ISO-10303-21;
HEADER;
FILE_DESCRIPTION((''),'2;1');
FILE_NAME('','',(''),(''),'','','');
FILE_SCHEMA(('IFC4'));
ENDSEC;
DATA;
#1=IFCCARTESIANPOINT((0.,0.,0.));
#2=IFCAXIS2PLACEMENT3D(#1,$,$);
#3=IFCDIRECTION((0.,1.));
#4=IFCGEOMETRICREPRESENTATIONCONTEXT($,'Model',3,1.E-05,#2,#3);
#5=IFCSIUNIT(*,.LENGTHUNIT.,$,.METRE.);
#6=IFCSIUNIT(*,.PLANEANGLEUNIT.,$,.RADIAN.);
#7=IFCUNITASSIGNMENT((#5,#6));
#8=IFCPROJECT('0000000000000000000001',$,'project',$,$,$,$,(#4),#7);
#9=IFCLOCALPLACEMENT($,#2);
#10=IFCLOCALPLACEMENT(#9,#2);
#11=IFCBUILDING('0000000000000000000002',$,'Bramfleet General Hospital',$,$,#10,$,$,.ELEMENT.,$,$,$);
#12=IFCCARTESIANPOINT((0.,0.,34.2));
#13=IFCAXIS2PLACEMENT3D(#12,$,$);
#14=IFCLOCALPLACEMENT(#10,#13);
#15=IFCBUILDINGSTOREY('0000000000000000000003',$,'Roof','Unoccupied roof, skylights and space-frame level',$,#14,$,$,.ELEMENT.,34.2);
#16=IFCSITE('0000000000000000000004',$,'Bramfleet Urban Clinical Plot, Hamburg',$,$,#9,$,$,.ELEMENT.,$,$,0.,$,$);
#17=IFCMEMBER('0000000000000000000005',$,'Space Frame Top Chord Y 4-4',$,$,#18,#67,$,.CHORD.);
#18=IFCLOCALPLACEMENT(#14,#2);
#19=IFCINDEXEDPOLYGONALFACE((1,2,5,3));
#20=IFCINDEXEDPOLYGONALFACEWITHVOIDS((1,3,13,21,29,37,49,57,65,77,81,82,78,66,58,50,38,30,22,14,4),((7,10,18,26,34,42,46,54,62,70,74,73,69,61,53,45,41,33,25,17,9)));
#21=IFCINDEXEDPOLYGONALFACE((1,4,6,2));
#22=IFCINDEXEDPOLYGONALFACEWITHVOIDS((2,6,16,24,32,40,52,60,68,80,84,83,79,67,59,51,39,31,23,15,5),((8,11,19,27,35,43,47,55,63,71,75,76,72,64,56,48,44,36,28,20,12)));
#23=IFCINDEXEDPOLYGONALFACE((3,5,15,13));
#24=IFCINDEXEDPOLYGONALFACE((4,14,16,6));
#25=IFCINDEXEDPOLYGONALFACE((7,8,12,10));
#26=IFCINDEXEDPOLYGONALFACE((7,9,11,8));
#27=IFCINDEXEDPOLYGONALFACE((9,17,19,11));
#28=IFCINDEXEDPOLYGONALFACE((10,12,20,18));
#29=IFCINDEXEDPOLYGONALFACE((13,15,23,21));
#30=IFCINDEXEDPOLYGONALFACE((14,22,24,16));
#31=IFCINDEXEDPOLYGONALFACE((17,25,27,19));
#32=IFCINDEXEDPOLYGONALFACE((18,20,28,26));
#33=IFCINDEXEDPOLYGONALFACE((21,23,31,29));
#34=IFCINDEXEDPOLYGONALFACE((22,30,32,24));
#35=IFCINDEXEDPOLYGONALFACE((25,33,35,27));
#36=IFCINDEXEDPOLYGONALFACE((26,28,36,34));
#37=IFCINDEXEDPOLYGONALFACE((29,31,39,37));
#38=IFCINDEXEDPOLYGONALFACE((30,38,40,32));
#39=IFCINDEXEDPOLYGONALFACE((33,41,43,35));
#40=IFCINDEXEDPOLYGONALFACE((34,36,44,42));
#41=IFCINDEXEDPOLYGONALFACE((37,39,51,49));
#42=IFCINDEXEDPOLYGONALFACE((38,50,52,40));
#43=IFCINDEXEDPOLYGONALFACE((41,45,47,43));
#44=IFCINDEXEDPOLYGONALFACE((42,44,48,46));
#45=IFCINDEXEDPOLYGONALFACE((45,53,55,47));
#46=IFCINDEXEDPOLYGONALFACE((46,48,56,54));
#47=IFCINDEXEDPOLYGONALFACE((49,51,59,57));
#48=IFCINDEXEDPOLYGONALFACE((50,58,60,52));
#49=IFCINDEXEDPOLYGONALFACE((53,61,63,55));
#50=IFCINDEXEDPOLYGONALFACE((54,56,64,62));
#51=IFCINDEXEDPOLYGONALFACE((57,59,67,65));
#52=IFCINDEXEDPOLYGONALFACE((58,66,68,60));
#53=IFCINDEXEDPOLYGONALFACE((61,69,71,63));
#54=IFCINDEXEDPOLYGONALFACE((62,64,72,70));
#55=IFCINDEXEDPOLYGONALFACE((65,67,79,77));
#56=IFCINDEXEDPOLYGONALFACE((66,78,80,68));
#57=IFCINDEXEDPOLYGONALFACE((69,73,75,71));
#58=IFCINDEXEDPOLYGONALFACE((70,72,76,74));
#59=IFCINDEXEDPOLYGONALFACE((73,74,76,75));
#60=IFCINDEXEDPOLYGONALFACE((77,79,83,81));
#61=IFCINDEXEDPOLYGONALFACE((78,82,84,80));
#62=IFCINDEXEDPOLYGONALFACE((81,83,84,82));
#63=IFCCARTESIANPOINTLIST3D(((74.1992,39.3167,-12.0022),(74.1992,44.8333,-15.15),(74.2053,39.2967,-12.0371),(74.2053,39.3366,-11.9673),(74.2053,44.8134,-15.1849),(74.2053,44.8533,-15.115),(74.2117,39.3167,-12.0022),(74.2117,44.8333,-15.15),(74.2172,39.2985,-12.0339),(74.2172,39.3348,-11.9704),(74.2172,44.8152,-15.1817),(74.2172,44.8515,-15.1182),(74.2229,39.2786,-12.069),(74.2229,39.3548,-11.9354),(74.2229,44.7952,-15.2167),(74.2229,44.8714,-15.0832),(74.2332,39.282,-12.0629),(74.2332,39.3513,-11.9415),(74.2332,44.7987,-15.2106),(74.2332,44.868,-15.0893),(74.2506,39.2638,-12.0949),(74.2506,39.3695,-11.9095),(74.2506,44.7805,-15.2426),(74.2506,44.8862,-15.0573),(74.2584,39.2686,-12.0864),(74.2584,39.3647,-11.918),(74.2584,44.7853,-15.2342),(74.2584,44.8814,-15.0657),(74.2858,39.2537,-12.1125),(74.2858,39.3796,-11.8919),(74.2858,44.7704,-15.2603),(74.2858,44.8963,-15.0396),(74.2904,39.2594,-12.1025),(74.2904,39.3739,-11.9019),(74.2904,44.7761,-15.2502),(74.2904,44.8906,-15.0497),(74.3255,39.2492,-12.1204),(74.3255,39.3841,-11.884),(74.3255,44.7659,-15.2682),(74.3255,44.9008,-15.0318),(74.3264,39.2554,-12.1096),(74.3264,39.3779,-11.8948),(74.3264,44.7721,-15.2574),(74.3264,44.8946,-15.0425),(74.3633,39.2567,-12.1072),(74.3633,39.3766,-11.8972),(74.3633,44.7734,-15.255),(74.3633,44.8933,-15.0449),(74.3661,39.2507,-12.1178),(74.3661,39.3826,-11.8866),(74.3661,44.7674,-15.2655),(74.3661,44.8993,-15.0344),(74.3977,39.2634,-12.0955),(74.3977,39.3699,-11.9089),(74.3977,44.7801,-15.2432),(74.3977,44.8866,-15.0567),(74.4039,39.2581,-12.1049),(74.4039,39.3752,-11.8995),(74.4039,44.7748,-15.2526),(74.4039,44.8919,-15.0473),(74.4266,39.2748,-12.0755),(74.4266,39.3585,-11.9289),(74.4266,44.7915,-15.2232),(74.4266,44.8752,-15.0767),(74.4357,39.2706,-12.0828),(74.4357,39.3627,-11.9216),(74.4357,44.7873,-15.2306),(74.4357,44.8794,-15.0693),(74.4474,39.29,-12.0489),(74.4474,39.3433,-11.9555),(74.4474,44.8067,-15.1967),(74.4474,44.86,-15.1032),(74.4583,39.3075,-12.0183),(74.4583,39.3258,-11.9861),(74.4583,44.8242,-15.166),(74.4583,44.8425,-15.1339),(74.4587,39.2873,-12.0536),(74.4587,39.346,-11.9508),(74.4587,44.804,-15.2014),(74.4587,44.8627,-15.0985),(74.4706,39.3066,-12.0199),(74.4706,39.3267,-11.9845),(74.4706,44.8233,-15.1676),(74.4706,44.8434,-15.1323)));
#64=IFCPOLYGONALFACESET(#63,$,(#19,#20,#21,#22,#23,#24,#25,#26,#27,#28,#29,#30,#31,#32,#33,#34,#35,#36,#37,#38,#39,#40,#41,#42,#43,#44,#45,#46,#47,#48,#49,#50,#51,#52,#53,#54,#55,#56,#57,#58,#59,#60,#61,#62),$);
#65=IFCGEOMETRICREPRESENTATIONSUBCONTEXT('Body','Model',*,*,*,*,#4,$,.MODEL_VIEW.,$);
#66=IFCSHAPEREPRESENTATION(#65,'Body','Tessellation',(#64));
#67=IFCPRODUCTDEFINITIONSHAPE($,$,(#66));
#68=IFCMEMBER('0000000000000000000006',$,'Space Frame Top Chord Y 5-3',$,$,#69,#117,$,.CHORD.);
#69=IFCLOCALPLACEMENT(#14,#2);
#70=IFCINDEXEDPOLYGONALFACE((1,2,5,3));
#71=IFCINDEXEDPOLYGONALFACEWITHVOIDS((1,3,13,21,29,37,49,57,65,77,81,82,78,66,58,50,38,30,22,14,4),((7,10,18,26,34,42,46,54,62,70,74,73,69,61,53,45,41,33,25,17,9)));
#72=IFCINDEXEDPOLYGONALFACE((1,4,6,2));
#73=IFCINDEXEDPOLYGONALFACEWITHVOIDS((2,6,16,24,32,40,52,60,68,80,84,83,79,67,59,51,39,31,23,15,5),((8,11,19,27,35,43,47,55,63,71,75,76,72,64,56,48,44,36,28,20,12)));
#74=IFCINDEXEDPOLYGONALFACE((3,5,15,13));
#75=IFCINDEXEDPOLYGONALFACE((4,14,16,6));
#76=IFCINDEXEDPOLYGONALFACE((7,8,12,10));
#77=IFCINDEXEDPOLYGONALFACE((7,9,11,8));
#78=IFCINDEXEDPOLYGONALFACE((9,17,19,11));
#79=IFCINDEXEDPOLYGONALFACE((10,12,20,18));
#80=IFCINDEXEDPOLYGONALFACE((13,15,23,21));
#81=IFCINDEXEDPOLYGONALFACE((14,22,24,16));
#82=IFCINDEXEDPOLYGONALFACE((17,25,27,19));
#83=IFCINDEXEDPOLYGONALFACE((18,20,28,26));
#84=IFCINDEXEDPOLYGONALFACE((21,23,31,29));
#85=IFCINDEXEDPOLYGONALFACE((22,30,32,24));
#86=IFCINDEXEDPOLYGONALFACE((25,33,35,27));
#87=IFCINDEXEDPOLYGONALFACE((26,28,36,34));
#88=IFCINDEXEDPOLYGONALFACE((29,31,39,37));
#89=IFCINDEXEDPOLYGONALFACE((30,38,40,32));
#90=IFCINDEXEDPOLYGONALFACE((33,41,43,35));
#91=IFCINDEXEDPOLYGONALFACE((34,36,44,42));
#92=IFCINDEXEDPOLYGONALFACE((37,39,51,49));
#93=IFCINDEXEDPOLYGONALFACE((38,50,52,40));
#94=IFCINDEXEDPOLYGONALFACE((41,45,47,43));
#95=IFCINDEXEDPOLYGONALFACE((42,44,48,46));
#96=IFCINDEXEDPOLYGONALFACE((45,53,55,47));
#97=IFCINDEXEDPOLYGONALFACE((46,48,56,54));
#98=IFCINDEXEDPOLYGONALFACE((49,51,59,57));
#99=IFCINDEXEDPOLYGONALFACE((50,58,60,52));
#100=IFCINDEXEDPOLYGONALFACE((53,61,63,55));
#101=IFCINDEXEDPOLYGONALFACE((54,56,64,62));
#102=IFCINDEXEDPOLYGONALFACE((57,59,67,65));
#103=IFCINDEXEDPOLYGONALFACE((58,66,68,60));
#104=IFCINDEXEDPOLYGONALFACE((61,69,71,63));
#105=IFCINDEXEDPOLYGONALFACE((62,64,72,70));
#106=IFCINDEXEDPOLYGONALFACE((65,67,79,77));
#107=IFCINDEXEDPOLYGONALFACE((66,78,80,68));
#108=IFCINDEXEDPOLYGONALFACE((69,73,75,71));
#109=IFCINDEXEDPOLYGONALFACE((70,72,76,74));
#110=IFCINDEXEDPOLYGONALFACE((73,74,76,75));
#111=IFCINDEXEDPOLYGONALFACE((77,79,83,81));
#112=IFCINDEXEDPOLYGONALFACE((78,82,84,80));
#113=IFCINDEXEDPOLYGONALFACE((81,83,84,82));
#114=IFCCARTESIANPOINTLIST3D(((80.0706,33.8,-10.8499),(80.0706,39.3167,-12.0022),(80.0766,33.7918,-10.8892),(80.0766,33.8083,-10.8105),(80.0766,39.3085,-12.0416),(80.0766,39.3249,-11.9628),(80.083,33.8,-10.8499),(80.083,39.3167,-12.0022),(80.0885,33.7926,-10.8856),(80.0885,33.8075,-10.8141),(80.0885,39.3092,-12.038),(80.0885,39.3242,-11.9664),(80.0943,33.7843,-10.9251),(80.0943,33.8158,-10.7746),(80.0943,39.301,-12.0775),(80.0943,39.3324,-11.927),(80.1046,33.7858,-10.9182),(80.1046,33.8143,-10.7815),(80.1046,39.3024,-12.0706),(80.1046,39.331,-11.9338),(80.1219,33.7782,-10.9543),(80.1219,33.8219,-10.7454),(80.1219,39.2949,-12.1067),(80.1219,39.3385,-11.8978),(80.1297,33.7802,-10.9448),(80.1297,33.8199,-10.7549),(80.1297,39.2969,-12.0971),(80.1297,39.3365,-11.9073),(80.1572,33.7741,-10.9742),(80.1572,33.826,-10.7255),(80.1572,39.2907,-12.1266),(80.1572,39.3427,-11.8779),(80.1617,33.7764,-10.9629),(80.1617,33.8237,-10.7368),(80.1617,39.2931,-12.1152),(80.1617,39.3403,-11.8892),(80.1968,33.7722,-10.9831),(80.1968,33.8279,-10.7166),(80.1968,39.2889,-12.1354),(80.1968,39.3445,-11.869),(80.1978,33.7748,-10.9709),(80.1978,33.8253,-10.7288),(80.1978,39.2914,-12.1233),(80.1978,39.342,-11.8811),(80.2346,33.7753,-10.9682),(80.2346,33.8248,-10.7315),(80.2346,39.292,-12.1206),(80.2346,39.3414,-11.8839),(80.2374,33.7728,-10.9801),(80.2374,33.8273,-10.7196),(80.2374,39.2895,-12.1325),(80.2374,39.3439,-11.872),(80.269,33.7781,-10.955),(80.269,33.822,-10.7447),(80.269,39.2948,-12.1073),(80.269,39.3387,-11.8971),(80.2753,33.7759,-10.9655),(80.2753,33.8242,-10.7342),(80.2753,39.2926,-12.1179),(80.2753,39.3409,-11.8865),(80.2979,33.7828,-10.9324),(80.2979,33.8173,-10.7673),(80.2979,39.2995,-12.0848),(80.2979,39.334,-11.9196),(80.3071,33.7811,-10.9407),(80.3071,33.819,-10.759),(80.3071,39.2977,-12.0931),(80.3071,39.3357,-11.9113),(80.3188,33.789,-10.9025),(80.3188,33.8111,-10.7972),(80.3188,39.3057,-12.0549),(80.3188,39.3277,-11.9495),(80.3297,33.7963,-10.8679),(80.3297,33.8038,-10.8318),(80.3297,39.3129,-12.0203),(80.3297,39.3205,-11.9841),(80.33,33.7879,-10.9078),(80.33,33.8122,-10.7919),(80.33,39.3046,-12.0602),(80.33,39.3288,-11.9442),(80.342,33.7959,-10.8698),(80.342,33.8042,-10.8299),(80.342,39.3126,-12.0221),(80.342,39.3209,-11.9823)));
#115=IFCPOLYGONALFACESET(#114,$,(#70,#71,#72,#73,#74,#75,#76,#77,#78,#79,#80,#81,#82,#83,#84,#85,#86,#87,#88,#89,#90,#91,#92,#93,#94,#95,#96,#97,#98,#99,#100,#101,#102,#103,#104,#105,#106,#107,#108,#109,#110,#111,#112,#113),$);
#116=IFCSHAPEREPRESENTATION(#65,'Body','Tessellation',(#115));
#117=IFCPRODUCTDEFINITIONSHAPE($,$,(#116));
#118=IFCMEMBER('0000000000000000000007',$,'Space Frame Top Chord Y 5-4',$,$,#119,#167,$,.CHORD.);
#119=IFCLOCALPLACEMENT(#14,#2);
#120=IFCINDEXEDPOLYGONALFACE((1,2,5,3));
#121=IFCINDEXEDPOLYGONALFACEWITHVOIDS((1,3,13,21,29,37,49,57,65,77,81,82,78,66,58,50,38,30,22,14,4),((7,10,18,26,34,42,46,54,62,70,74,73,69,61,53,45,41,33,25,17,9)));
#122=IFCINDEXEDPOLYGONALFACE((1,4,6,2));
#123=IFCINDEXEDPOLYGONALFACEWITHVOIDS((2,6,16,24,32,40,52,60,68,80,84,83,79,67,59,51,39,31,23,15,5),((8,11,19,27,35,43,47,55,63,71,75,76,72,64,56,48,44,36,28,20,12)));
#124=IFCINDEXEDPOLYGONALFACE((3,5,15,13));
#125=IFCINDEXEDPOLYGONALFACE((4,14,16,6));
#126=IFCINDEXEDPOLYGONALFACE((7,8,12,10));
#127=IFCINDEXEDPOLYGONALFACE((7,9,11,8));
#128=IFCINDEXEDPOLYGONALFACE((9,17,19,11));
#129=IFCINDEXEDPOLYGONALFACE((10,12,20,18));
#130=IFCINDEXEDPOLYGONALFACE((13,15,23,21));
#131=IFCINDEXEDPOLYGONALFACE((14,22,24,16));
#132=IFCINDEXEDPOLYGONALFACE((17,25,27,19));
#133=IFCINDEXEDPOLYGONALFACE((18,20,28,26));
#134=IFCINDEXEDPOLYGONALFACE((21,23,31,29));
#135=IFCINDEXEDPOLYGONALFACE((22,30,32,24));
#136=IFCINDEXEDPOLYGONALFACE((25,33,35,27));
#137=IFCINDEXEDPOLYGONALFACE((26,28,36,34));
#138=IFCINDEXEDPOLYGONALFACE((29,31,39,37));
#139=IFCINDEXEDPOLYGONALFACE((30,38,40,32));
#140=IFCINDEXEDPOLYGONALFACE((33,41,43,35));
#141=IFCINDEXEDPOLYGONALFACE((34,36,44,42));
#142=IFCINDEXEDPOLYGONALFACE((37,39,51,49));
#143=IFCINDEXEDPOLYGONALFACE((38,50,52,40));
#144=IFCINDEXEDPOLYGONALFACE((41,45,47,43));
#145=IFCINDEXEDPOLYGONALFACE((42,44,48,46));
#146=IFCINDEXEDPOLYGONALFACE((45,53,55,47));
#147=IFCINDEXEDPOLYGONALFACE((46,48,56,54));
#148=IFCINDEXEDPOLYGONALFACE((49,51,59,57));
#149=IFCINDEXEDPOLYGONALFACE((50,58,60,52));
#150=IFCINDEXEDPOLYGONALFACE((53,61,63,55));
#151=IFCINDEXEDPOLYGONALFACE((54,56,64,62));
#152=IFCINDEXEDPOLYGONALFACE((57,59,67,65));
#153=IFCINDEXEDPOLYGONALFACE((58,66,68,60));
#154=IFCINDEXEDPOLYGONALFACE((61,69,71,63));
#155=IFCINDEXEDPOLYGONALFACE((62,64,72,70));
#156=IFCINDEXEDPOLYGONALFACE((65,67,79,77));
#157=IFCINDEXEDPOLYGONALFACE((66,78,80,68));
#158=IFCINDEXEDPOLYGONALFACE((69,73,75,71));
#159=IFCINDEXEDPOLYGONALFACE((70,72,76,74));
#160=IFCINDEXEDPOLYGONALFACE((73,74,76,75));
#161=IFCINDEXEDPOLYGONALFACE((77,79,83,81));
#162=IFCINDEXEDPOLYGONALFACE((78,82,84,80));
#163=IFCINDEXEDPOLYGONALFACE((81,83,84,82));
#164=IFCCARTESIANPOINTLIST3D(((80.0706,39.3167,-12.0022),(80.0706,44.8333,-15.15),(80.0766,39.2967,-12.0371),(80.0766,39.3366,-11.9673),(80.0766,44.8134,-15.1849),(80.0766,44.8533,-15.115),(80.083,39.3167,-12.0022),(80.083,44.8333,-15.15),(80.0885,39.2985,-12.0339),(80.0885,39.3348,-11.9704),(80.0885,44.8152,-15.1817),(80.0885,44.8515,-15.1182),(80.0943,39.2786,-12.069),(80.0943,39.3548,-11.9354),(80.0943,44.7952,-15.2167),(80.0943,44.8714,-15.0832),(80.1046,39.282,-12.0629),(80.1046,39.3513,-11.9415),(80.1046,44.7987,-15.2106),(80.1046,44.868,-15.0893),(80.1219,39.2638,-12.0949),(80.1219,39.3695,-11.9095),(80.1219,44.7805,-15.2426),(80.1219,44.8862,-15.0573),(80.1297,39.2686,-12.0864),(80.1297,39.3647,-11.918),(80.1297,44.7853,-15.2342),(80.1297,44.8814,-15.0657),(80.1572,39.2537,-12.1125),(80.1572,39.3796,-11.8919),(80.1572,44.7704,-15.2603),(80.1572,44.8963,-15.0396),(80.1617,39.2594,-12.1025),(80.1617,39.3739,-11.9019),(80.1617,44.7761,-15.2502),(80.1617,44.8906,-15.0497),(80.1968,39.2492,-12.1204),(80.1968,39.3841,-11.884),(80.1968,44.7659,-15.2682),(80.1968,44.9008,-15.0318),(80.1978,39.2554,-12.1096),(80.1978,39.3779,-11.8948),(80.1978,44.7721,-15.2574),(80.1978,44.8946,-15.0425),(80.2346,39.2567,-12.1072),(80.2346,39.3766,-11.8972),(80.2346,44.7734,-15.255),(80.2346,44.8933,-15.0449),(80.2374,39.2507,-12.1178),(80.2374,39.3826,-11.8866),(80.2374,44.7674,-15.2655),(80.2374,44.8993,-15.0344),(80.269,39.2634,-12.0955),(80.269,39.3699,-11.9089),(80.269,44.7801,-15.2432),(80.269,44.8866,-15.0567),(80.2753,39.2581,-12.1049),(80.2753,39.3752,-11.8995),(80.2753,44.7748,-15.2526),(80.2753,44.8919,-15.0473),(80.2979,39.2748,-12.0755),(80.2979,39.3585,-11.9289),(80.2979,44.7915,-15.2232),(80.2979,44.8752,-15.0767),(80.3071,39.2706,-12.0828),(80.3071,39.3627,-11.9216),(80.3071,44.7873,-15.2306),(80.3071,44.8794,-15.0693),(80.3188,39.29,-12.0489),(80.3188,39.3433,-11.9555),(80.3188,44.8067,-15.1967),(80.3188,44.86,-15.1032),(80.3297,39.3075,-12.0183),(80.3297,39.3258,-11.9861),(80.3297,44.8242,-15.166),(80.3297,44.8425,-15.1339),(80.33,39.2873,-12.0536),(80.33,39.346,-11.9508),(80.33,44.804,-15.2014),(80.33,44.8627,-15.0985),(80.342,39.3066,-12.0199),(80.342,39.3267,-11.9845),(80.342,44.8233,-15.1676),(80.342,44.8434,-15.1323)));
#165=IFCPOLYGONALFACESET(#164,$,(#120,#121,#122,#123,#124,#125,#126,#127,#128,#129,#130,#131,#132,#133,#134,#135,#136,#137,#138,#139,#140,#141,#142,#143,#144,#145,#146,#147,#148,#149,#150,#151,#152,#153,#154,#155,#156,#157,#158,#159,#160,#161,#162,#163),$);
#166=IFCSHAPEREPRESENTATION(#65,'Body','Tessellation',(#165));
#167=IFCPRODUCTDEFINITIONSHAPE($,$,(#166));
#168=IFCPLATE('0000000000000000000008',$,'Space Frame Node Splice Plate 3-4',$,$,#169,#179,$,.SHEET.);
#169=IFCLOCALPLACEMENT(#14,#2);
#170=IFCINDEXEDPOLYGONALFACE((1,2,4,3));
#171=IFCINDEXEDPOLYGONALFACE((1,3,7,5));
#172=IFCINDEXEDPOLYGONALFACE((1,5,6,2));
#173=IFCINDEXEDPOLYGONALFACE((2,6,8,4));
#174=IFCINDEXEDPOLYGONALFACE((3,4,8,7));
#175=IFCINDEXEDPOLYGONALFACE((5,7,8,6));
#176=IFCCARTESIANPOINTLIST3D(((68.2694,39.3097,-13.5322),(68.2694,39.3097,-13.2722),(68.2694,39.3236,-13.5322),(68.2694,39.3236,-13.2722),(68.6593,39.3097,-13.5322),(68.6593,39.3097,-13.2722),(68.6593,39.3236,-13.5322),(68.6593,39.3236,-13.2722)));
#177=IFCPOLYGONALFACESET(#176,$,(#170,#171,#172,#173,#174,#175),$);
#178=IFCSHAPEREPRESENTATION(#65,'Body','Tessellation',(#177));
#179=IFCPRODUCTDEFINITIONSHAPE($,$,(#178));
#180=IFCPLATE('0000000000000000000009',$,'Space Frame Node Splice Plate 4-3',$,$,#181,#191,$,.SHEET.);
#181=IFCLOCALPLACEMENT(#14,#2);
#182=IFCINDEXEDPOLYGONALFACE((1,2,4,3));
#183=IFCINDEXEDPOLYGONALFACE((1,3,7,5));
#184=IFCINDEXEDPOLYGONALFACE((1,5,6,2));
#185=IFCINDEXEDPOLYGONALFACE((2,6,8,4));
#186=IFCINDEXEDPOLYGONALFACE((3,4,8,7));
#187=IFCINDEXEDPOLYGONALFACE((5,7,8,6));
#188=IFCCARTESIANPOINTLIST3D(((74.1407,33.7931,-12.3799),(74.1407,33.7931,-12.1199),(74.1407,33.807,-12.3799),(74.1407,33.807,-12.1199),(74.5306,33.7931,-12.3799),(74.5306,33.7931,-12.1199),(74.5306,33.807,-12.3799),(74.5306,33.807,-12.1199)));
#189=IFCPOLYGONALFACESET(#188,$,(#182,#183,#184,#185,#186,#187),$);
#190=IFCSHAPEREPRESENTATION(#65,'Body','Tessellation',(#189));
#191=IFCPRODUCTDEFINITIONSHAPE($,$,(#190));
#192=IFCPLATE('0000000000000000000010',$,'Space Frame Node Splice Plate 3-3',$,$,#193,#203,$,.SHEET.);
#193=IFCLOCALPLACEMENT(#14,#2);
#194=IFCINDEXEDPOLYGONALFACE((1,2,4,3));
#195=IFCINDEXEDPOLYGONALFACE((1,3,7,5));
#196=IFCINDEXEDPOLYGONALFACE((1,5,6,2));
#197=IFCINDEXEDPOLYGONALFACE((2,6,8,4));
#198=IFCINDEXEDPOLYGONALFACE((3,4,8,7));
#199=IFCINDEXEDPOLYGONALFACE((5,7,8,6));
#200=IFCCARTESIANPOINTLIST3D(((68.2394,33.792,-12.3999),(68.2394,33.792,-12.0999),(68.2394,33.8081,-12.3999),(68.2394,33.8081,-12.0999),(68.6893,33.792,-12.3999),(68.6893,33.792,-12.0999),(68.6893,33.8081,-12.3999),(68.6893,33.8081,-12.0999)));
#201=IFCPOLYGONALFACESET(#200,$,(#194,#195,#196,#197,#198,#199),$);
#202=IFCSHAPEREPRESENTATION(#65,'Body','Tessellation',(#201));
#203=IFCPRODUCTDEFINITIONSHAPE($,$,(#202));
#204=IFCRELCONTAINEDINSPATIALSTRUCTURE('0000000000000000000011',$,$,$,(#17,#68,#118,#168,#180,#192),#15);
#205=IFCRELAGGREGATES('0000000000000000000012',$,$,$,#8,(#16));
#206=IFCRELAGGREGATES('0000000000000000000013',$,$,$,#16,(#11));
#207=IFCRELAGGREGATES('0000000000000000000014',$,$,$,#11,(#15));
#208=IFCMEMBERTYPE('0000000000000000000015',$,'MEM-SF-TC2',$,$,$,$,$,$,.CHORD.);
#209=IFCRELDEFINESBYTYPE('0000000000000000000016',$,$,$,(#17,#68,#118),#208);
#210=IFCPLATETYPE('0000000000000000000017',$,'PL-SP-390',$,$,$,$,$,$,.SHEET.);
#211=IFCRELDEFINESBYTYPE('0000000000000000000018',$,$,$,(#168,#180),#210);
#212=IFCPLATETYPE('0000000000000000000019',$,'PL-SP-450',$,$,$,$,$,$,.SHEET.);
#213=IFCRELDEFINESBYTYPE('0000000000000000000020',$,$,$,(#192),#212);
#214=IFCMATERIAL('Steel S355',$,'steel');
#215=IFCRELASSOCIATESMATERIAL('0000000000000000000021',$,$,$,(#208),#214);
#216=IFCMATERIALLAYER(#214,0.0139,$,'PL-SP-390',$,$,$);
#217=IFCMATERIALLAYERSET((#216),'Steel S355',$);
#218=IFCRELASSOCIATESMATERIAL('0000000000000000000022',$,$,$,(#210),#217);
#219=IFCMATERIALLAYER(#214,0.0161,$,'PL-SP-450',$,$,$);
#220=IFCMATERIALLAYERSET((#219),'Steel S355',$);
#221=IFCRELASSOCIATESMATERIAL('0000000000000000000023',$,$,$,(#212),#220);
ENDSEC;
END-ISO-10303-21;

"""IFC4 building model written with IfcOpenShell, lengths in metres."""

from ifc_helpers import new_model, si_unit, direction, frame, origin, origin_2d, place, context, subcontext, project, spatial, rectangle, hollow_circle, extrude, material, layer, layer_set, material_profile, profile_set, type_object, element, save


model = new_model("IFC4")

# Units and contexts
model_context = context("Model", 3, precision=1e-05, world=origin(), true_north=direction((0.0, 1.0)))
body_context = subcontext(model_context, "Body", "Model", "MODEL_VIEW")
ifc_project = project(units=[si_unit("LENGTHUNIT", "METRE"), si_unit("PLANEANGLEUNIT", "RADIAN")], contexts=[model_context])

# Site, building, storey
site_placement = place(None, origin())
site = spatial("IfcSite", under=ifc_project, at=site_placement, Name="Bramfleet Urban Clinical Plot, Hamburg", CompositionType="ELEMENT", RefElevation=0.0)
building_placement = place(site_placement, origin())
building = spatial("IfcBuilding", under=site, at=building_placement, Name="Bramfleet General Hospital", CompositionType="ELEMENT")
storey_placement = place(building_placement, frame((0.0, 0.0, 34.2)))
storey = spatial("IfcBuildingStorey", under=building, at=storey_placement, Name="Roof", Description="Unoccupied roof, skylights and space-frame level", CompositionType="ELEMENT", Elevation=34.2)

# Members
ifc_material = material(Name="Steel S355", Category="steel")
ifc_material_profile_1 = material_profile(ifc_material, hollow_circle(Radius=0.1365, WallThickness=0.0125, at=origin_2d()), Name="CHS 273.0x12.5")
ifc_profile_set_1 = profile_set([ifc_material_profile_1], Name="Steel S355")
member_type_1 = type_object("IfcMemberType", Name="MEM-SF-TC2", PredefinedType="CHORD", material=ifc_profile_set_1)
member_1_placement = place(storey_placement, frame((74.3357, 39.3167, -12.0022), z_axis=(0.0, 0.868558, -0.495588), x_axis=(-1.0, 0.0, 0.0)))
element("IfcMember", 1, at=member_1_placement, inside=storey, type_object=member_type_1, Name="Space Frame Top Chord Y 4-4", PredefinedType="CHORD", context=body_context, shape_type="SweptSolid", body=[
    extrude(hollow_circle(Radius=0.1365, WallThickness=0.0125, at=origin_2d()), origin(), (0.0, 0.0, 1.0), 6.3516),
])
member_2_placement = place(storey_placement, frame((80.207, 33.8, -10.8499), z_axis=(0.0, 0.978872, -0.204473), x_axis=(-1.0, 0.0, 0.0)))
element("IfcMember", 2, at=member_2_placement, inside=storey, type_object=member_type_1, Name="Space Frame Top Chord Y 5-3", PredefinedType="CHORD", context=body_context, shape_type="SweptSolid", body=[
    extrude(hollow_circle(Radius=0.1365, WallThickness=0.0125, at=origin_2d()), origin(), (0.0, 0.0, 1.0), 5.6357),
])
member_3_placement = place(storey_placement, frame((80.207, 39.3167, -12.0022), z_axis=(0.0, 0.868558, -0.495588), x_axis=(-1.0, 0.0, 0.0)))
element("IfcMember", 3, at=member_3_placement, inside=storey, type_object=member_type_1, Name="Space Frame Top Chord Y 5-4", PredefinedType="CHORD", context=body_context, shape_type="SweptSolid", body=[
    extrude(hollow_circle(Radius=0.1365, WallThickness=0.0125, at=origin_2d()), origin(), (0.0, 0.0, 1.0), 6.3516),
])

# Plates
ifc_layer_1 = layer(ifc_material, 0.0139, Name="PL-SP-390")
ifc_layer_set_1 = layer_set([ifc_layer_1], Name="Steel S355")
plate_type_1 = type_object("IfcPlateType", Name="PL-SP-390", PredefinedType="SHEET", material=ifc_layer_set_1)
for number, where, z_axis, x_axis, name in (
    (4, (68.4644, 39.3167, -13.5322), (0.0, 0.0, 1.0), (1.0, 0.0, 0.0), "Space Frame Node Splice Plate 3-4"),
    (5, (74.3357, 33.8, -12.3799), (0.0, 0.0, 1.0), (1.0, 0.0, 0.0), "Space Frame Node Splice Plate 4-3"),
):
    element("IfcPlate", number, at=place(storey_placement, frame(where, z_axis=z_axis, x_axis=x_axis)), inside=storey, type_object=plate_type_1, Name=name, PredefinedType="SHEET", context=body_context, shape_type="SweptSolid", body=[
        extrude(rectangle(XDim=0.3899, YDim=0.0139, at=origin_2d()), origin(), (0.0, 0.0, 1.0), 0.26),
    ])
ifc_layer_2 = layer(ifc_material, 0.0161, Name="PL-SP-450")
ifc_layer_set_2 = layer_set([ifc_layer_2], Name="Steel S355")
plate_type_2 = type_object("IfcPlateType", Name="PL-SP-450", PredefinedType="SHEET", material=ifc_layer_set_2)
for number, where, z_axis, x_axis, name in (
    (6, (68.4644, 33.8, -12.3999), (0.0, 0.0, 1.0), (1.0, 0.0, 0.0), "Space Frame Node Splice Plate 3-3"),
):
    element("IfcPlate", number, at=place(storey_placement, frame(where, z_axis=z_axis, x_axis=x_axis)), inside=storey, type_object=plate_type_2, Name=name, PredefinedType="SHEET", context=body_context, shape_type="SweptSolid", body=[
        extrude(rectangle(XDim=0.45, YDim=0.0161, at=origin_2d()), origin(), (0.0, 0.0, 1.0), 0.3),
    ])

save(model, "model.ifc")
